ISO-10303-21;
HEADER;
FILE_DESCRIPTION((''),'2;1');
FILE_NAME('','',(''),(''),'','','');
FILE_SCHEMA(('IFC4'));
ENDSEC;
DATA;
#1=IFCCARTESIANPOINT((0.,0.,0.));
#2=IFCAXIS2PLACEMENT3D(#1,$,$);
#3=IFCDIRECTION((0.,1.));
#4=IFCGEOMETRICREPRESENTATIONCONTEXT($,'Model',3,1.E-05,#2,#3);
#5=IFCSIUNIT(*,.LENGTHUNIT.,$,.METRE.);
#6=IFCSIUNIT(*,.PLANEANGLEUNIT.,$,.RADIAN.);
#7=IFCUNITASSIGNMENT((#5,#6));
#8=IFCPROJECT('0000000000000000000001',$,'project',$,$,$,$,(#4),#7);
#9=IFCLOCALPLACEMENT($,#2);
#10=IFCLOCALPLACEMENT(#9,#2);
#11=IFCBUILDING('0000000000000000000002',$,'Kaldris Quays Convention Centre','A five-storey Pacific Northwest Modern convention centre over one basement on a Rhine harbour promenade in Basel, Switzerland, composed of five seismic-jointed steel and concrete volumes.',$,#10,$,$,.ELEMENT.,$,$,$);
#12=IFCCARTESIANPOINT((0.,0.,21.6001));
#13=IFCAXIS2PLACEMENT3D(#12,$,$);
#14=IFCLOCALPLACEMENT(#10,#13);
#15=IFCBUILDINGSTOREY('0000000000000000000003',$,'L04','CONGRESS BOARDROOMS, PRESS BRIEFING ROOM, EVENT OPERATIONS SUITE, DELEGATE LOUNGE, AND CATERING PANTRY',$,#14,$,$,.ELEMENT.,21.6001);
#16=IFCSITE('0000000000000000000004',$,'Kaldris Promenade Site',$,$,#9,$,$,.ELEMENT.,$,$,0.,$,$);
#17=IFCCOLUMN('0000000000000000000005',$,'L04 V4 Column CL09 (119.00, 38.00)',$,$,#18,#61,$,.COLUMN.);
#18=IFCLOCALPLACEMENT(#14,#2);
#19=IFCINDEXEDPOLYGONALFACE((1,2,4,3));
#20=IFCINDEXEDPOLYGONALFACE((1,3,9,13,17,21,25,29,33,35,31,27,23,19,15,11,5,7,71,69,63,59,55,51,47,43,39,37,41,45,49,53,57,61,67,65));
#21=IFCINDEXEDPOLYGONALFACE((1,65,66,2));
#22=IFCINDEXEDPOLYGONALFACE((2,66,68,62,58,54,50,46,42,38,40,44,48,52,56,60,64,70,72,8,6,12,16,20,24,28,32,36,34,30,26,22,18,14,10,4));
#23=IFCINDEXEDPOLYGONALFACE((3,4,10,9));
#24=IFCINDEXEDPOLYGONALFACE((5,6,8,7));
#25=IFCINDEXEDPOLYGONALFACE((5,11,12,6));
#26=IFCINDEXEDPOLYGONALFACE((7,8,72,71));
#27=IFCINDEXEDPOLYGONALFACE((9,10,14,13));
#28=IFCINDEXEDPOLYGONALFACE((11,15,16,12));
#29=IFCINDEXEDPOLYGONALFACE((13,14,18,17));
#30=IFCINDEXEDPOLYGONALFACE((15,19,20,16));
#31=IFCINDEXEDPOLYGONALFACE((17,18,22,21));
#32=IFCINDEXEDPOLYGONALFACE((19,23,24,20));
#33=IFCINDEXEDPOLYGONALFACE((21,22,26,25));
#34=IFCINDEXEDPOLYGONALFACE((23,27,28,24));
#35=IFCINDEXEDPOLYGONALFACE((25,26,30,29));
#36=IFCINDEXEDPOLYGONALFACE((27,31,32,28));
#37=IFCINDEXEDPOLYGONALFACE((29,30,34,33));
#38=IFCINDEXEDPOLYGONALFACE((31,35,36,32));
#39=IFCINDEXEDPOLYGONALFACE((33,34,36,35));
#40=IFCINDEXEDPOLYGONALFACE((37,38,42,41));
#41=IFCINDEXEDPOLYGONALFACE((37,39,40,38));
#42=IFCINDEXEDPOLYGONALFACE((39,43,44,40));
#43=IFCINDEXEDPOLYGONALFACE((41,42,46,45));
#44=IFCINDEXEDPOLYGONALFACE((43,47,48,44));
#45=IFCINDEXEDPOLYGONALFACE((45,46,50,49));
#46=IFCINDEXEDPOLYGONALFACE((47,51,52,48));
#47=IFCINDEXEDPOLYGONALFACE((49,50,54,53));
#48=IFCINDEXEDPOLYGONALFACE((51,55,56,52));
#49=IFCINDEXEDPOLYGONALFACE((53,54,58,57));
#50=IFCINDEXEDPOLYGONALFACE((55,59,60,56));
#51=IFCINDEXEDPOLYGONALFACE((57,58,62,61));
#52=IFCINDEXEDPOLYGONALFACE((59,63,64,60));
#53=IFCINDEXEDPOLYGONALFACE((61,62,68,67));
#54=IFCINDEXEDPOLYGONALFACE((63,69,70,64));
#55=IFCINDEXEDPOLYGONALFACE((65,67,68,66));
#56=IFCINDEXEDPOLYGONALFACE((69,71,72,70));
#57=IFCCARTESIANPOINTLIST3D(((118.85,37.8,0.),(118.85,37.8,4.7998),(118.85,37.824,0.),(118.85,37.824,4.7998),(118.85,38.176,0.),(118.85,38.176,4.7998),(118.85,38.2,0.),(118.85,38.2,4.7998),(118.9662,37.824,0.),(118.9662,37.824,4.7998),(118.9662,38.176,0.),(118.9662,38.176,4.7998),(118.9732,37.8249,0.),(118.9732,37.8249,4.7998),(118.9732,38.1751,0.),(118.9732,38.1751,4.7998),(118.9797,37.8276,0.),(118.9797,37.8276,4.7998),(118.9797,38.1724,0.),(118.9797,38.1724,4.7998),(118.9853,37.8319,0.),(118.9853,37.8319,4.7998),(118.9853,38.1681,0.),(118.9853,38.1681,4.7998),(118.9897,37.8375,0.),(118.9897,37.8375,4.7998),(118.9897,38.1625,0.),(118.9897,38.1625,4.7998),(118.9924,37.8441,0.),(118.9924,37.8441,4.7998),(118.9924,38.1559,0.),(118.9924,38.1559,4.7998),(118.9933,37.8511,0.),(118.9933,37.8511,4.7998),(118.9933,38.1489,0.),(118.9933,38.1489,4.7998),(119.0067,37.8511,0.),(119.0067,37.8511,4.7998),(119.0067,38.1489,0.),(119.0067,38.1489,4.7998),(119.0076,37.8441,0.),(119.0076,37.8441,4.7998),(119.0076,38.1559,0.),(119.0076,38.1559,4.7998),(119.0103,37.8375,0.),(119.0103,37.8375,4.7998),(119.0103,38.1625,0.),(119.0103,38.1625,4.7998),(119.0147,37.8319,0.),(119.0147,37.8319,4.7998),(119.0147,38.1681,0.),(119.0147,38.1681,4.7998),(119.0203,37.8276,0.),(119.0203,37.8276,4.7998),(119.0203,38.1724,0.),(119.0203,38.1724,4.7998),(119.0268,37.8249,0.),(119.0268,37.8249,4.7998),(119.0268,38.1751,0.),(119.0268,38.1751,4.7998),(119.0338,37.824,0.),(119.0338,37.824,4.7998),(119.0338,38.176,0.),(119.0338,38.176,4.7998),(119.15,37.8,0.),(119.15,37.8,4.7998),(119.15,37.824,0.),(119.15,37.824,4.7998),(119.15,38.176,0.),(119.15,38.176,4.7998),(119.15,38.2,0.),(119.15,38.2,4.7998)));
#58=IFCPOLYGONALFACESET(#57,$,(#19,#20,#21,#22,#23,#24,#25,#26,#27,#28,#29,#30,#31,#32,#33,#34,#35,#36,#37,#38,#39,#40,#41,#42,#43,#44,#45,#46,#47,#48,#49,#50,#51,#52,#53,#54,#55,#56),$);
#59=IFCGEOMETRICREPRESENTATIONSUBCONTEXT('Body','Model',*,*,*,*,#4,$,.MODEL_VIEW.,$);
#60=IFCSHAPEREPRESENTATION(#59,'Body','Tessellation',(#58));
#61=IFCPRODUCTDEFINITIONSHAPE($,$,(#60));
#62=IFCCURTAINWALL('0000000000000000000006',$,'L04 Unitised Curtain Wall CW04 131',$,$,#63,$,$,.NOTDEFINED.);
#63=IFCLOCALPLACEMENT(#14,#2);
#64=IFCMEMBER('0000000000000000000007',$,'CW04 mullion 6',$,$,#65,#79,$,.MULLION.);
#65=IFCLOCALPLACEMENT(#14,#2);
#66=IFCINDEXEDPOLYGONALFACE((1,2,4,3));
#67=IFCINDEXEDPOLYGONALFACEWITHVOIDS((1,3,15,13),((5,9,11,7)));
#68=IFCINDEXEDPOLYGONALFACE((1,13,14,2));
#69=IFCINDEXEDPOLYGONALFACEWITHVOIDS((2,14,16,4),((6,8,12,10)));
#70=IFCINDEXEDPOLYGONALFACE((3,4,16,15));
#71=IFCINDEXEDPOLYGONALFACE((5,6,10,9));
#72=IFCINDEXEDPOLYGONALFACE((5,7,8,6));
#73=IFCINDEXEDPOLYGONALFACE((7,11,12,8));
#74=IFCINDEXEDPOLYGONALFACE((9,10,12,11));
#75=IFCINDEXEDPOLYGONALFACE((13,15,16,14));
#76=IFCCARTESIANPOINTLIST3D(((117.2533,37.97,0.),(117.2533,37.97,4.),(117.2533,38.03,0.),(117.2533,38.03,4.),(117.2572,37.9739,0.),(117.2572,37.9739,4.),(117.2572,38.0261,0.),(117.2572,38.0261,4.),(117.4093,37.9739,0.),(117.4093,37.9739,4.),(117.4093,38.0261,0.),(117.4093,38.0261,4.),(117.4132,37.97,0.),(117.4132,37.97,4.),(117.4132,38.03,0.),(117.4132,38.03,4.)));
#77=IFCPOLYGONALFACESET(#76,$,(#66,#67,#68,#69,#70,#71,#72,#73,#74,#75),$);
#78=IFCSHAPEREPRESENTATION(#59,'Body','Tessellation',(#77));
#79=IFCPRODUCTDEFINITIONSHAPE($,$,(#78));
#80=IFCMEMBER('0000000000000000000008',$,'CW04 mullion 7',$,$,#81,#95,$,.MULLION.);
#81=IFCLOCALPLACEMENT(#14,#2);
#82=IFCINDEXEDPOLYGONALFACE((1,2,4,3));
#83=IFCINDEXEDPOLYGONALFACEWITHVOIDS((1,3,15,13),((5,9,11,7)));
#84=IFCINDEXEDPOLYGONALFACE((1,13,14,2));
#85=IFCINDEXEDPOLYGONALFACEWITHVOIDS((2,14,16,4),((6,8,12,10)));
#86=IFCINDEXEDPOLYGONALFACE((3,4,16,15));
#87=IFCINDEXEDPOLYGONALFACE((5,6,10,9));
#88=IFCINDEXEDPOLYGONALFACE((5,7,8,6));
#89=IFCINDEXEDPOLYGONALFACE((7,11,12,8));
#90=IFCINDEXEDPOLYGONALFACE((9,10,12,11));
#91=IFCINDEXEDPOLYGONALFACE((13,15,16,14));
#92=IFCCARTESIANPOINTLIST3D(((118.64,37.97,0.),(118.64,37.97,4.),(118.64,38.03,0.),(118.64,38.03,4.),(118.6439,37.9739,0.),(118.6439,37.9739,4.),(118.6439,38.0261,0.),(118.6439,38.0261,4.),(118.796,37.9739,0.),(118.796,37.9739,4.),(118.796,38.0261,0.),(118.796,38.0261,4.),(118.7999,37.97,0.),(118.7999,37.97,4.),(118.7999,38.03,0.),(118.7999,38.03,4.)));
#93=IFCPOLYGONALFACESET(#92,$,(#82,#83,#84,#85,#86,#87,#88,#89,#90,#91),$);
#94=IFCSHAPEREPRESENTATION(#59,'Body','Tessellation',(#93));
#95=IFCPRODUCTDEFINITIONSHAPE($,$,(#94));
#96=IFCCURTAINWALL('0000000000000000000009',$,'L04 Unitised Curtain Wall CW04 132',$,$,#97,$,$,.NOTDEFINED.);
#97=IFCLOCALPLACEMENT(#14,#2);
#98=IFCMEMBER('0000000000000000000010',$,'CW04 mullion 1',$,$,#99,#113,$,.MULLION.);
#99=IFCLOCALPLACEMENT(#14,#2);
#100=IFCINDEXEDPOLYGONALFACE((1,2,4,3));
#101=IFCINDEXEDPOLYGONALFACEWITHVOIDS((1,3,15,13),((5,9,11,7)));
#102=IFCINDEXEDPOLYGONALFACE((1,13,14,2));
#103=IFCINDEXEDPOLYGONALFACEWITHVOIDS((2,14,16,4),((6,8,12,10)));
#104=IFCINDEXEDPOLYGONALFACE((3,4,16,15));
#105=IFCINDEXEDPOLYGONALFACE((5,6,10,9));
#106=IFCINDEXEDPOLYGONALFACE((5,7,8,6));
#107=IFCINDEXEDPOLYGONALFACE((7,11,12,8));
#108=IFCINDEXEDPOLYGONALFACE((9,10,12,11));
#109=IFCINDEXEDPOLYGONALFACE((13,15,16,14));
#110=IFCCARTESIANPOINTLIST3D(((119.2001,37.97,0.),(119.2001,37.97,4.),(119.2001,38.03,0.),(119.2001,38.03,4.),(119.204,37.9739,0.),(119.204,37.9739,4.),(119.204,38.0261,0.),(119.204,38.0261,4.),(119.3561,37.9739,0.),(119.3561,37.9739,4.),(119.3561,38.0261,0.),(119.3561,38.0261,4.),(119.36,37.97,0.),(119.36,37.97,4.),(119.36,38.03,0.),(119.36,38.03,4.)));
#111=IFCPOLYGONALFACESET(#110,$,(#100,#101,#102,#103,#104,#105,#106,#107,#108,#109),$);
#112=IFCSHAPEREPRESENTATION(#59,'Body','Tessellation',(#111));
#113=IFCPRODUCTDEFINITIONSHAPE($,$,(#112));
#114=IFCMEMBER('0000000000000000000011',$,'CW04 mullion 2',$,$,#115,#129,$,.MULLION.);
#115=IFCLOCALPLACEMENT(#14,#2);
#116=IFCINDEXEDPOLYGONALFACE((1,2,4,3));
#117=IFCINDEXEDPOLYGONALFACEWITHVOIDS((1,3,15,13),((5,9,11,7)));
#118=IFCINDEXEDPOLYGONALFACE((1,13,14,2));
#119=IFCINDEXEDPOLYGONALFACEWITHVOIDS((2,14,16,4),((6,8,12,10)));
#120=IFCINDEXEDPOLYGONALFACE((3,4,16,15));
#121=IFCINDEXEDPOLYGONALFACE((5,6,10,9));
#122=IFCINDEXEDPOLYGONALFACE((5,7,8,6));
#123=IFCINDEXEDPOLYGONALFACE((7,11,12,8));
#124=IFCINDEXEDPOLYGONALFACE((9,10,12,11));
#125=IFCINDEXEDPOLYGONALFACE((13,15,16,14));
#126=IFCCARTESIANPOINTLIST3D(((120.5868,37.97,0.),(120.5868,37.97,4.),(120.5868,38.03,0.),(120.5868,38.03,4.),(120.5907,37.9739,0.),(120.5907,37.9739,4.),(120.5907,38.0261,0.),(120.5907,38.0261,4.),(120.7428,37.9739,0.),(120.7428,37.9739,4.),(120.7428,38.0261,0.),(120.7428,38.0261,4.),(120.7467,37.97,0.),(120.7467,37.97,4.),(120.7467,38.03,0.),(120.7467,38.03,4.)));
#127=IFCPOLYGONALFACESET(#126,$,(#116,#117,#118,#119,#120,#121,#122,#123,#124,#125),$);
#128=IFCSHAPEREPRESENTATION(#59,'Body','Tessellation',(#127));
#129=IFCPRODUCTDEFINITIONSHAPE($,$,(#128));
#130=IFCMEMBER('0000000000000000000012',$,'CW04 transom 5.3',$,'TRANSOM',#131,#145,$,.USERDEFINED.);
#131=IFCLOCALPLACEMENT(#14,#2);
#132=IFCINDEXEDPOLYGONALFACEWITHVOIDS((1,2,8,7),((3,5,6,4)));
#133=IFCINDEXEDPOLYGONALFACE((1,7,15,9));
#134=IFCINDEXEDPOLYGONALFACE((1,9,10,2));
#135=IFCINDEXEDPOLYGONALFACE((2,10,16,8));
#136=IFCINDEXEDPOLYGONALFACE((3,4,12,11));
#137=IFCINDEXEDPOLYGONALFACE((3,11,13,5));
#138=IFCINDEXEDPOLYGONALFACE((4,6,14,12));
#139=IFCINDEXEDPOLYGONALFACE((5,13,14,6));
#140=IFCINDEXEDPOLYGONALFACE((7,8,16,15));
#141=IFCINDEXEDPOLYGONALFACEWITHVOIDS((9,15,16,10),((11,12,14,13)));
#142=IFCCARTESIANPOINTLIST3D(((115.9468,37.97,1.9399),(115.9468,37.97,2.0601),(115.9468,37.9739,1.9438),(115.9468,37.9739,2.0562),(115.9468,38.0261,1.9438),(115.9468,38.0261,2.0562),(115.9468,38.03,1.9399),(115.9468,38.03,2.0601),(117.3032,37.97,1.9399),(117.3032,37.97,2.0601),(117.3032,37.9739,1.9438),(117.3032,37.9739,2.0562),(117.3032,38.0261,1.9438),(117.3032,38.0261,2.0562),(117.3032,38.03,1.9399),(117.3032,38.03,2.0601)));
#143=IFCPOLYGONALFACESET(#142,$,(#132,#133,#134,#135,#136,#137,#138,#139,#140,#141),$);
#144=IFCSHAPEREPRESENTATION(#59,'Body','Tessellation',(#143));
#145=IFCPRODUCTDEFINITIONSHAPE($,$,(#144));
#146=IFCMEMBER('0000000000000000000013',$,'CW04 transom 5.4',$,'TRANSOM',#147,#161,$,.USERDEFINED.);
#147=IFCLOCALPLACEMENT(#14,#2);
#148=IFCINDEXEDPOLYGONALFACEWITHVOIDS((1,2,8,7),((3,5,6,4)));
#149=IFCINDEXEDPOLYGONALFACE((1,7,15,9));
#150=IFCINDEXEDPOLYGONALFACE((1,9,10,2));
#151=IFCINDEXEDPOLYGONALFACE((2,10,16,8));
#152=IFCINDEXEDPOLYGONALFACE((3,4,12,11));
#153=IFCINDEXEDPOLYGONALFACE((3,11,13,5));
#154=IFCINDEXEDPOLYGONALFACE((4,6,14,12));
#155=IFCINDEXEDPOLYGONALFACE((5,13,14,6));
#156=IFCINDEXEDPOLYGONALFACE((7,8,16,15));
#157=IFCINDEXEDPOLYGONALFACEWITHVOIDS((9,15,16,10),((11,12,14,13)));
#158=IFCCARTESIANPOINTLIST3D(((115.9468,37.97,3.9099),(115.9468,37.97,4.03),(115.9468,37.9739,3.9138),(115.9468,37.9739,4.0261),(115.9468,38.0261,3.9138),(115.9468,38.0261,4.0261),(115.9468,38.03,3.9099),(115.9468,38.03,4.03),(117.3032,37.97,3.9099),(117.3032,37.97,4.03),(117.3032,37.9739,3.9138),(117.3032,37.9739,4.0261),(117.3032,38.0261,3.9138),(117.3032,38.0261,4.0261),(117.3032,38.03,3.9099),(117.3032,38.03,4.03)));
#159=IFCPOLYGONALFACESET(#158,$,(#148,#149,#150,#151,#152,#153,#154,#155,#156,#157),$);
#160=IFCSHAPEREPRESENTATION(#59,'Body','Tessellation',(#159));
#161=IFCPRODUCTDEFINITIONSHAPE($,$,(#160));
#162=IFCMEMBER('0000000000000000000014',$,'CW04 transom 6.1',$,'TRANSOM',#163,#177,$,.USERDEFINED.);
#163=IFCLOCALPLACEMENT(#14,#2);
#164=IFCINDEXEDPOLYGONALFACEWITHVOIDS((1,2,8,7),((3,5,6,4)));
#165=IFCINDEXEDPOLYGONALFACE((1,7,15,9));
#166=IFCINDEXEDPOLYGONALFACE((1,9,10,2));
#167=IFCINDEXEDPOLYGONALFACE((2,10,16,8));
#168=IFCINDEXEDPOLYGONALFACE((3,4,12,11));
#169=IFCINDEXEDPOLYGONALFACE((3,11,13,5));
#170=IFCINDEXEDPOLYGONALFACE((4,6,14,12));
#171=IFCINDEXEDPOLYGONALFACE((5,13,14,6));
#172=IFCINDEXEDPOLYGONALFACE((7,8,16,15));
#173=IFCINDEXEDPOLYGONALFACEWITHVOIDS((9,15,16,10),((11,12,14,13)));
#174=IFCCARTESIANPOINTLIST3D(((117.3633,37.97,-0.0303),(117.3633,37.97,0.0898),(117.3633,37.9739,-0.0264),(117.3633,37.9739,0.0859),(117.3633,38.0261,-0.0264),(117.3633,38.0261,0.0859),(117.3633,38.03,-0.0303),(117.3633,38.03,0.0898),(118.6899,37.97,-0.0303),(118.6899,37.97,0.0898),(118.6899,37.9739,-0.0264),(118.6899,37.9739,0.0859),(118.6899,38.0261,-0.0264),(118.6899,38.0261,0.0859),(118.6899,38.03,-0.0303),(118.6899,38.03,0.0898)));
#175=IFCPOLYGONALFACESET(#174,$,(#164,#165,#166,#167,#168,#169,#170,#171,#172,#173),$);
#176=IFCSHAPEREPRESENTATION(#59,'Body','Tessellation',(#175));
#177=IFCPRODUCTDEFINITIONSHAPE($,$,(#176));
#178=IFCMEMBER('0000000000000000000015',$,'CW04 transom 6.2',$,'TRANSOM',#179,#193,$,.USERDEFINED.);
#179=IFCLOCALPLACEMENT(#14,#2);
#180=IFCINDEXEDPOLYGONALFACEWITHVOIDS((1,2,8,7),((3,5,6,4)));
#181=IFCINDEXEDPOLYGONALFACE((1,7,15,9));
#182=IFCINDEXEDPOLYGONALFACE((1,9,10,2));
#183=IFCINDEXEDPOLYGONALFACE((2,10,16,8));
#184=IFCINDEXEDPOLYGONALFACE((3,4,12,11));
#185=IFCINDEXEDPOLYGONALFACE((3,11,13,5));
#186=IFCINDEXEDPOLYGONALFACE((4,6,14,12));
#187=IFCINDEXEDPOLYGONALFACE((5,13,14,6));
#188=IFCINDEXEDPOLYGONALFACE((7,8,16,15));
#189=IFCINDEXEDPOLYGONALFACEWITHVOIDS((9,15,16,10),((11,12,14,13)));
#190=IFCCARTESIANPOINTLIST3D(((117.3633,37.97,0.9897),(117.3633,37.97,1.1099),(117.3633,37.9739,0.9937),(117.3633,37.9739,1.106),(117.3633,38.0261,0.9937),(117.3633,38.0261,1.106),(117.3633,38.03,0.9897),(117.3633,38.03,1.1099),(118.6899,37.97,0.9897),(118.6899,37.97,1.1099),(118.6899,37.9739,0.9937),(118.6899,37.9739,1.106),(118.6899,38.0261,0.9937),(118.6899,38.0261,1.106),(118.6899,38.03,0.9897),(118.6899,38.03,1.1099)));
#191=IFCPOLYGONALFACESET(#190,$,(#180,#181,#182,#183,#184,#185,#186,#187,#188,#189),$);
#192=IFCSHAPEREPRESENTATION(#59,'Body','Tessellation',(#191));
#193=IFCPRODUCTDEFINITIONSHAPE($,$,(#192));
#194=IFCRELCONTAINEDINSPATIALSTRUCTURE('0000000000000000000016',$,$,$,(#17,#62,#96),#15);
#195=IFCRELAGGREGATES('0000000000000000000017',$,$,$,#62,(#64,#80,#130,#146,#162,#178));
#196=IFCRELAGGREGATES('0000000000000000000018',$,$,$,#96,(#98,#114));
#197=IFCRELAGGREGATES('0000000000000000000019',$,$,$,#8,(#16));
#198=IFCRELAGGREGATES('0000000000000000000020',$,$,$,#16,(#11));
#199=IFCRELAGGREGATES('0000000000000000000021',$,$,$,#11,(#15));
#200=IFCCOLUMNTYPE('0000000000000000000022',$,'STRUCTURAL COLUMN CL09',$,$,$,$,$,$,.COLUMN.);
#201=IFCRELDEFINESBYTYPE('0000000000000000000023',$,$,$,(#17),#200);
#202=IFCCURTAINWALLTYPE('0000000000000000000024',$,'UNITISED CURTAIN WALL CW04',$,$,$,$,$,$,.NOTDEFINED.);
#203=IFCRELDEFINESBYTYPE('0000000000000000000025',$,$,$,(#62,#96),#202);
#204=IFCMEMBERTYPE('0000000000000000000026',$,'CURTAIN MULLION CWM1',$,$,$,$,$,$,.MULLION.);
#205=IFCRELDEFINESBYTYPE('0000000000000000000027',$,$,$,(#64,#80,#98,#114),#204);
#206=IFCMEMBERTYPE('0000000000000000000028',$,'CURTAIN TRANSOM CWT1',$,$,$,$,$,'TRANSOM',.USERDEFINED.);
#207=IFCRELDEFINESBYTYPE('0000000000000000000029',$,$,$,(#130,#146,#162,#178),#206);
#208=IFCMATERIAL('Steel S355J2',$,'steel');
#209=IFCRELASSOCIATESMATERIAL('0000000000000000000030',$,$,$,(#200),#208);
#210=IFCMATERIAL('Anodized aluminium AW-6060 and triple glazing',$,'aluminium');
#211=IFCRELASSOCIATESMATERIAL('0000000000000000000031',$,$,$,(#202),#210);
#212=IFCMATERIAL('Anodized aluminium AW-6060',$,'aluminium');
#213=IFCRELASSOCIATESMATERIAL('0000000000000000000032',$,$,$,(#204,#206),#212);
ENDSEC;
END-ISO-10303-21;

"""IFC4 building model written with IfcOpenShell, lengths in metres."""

from ifc_helpers import new_model, si_unit, direction, frame, origin, origin_2d, place, context, subcontext, project, spatial, hollow_rectangle, i_section, extrude, material, material_profile, profile_set, type_object, element, aggregate, save


model = new_model("IFC4")

# Units and contexts
model_context = context("Model", 3, precision=1e-05, world=origin(), true_north=direction((0.0, 1.0)))
body_context = subcontext(model_context, "Body", "Model", "MODEL_VIEW")
ifc_project = project(units=[si_unit("LENGTHUNIT", "METRE"), si_unit("PLANEANGLEUNIT", "RADIAN")], contexts=[model_context])

# Site, building, storey
site_placement = place(None, origin())
site = spatial("IfcSite", under=ifc_project, at=site_placement, Name="Kaldris Promenade Site", CompositionType="ELEMENT", RefElevation=0.0)
building_placement = place(site_placement, origin())
building = spatial("IfcBuilding", under=site, at=building_placement, Name="Kaldris Quays Convention Centre", Description="A five-storey Pacific Northwest Modern convention centre over one basement on a Rhine harbour promenade in Basel, Switzerland, composed of five seismic-jointed steel and concrete volumes.", CompositionType="ELEMENT")
storey_placement = place(building_placement, frame((0.0, 0.0, 21.6001)))
storey = spatial("IfcBuildingStorey", under=building, at=storey_placement, Name="L04", Description="CONGRESS BOARDROOMS, PRESS BRIEFING ROOM, EVENT OPERATIONS SUITE, DELEGATE LOUNGE, AND CATERING PANTRY", CompositionType="ELEMENT", Elevation=21.6001)

# Column
ifc_material_1 = material(Name="Steel S355J2", Category="steel")
ifc_material_profile_1 = material_profile(ifc_material_1, i_section(OverallWidth=0.3, OverallDepth=0.3999, WebThickness=0.0134, FlangeThickness=0.0239, FilletRadius=0.0271, at=origin_2d()), Name="HEB 400")
ifc_profile_set_1 = profile_set([ifc_material_profile_1], Name="Steel S355J2")
column_type = type_object("IfcColumnType", Name="STRUCTURAL COLUMN CL09", PredefinedType="COLUMN", material=ifc_profile_set_1)
column_placement = place(storey_placement, frame((119.0, 38.0, 0.0), z_axis=(0.0, 0.0, 1.0), x_axis=(1.0, 0.0, 0.0)))
element("IfcColumn", 1, at=column_placement, inside=storey, type_object=column_type, Name="L04 V4 Column CL09 (119.00, 38.00)", PredefinedType="COLUMN", context=body_context, shape_type="SweptSolid", body=[
    extrude(i_section(OverallWidth=0.3, OverallDepth=0.3999, WebThickness=0.0134, FlangeThickness=0.0239, FilletRadius=0.0271, at=origin_2d()), origin(), (0.0, 0.0, 1.0), 4.7998),
])

# Curtain walls, members
ifc_material_2 = material(Name="Anodized aluminium AW-6060 and triple glazing", Category="aluminium")
curtain_wall_type = type_object("IfcCurtainWallType", Name="UNITISED CURTAIN WALL CW04", PredefinedType="NOTDEFINED", material=ifc_material_2)
curtain_wall_1_placement = place(storey_placement, origin())
curtain_wall_1 = element("IfcCurtainWall", 2, at=curtain_wall_1_placement, inside=storey, type_object=curtain_wall_type, Name="L04 Unitised Curtain Wall CW04 131", PredefinedType="NOTDEFINED")
ifc_material_3 = material(Name="Anodized aluminium AW-6060", Category="aluminium")
ifc_material_profile_2 = material_profile(ifc_material_3, hollow_rectangle(XDim=0.0601, YDim=0.1599, WallThickness=0.0039, at=origin_2d()), Name="RHS 160x60x4")
ifc_profile_set_2 = profile_set([ifc_material_profile_2], Name="Anodized aluminium AW-6060")
member_type_1 = type_object("IfcMemberType", Name="CURTAIN MULLION CWM1", PredefinedType="MULLION", material=ifc_profile_set_2)
member_1_placement = place(storey_placement, frame((117.3333, 38.0, 0.0), z_axis=(0.0, 0.0, 1.0), x_axis=(0.0, 1.0, 0.0)))
member_1 = element("IfcMember", 3, at=member_1_placement, type_object=member_type_1, Name="CW04 mullion 6", PredefinedType="MULLION", context=body_context, shape_type="SweptSolid", body=[
    extrude(hollow_rectangle(XDim=0.0601, YDim=0.1599, WallThickness=0.0039, at=origin_2d()), origin(), (0.0, 0.0, 1.0), 4.0),
])
member_2_placement = place(storey_placement, frame((118.72, 38.0, 0.0), z_axis=(0.0, 0.0, 1.0), x_axis=(0.0, 1.0, 0.0)))
member_2 = element("IfcMember", 4, at=member_2_placement, type_object=member_type_1, Name="CW04 mullion 7", PredefinedType="MULLION", context=body_context, shape_type="SweptSolid", body=[
    extrude(hollow_rectangle(XDim=0.0601, YDim=0.1599, WallThickness=0.0039, at=origin_2d()), origin(), (0.0, 0.0, 1.0), 4.0),
])
curtain_wall_2_placement = place(storey_placement, origin())
curtain_wall_2 = element("IfcCurtainWall", 5, at=curtain_wall_2_placement, inside=storey, type_object=curtain_wall_type, Name="L04 Unitised Curtain Wall CW04 132", PredefinedType="NOTDEFINED")
member_3_placement = place(storey_placement, frame((119.28, 38.0, 0.0), z_axis=(0.0, 0.0, 1.0), x_axis=(0.0, 1.0, 0.0)))
member_3 = element("IfcMember", 6, at=member_3_placement, type_object=member_type_1, Name="CW04 mullion 1", PredefinedType="MULLION", context=body_context, shape_type="SweptSolid", body=[
    extrude(hollow_rectangle(XDim=0.0601, YDim=0.1599, WallThickness=0.0039, at=origin_2d()), origin(), (0.0, 0.0, 1.0), 4.0),
])
member_4_placement = place(storey_placement, frame((120.6667, 38.0, 0.0), z_axis=(0.0, 0.0, 1.0), x_axis=(0.0, 1.0, 0.0)))
member_4 = element("IfcMember", 7, at=member_4_placement, type_object=member_type_1, Name="CW04 mullion 2", PredefinedType="MULLION", context=body_context, shape_type="SweptSolid", body=[
    extrude(hollow_rectangle(XDim=0.0601, YDim=0.1599, WallThickness=0.0039, at=origin_2d()), origin(), (0.0, 0.0, 1.0), 4.0),
])

# Members
ifc_material_profile_3 = material_profile(ifc_material_3, hollow_rectangle(XDim=0.0601, YDim=0.1201, WallThickness=0.0039, at=origin_2d()), Name="RHS 120x60x4")
ifc_profile_set_3 = profile_set([ifc_material_profile_3], Name="Anodized aluminium AW-6060")
member_type_2 = type_object("IfcMemberType", Name="CURTAIN TRANSOM CWT1", ElementType="TRANSOM", PredefinedType="USERDEFINED", material=ifc_profile_set_3)
member_5_placement = place(storey_placement, frame((115.9468, 38.0, 2.0), z_axis=(1.0, 0.0, 0.0), x_axis=(0.0, 1.0, 0.0)))
member_5 = element("IfcMember", 8, at=member_5_placement, type_object=member_type_2, Name="CW04 transom 5.3", ObjectType="TRANSOM", PredefinedType="USERDEFINED", context=body_context, shape_type="SweptSolid", body=[
    extrude(hollow_rectangle(XDim=0.0601, YDim=0.1201, WallThickness=0.0039, at=origin_2d()), origin(), (0.0, 0.0, 1.0), 1.3564),
])
member_6_placement = place(storey_placement, frame((115.9468, 38.0, 3.97), z_axis=(1.0, 0.0, 0.0), x_axis=(0.0, 1.0, 0.0)))
member_6 = element("IfcMember", 9, at=member_6_placement, type_object=member_type_2, Name="CW04 transom 5.4", ObjectType="TRANSOM", PredefinedType="USERDEFINED", context=body_context, shape_type="SweptSolid", body=[
    extrude(hollow_rectangle(XDim=0.0601, YDim=0.1201, WallThickness=0.0039, at=origin_2d()), origin(), (0.0, 0.0, 1.0), 1.3564),
])
member_7_placement = place(storey_placement, frame((117.3633, 38.0, 0.0298), z_axis=(1.0, 0.0, 0.0), x_axis=(0.0, 1.0, 0.0)))
member_7 = element("IfcMember", 10, at=member_7_placement, type_object=member_type_2, Name="CW04 transom 6.1", ObjectType="TRANSOM", PredefinedType="USERDEFINED", context=body_context, shape_type="SweptSolid", body=[
    extrude(hollow_rectangle(XDim=0.0601, YDim=0.1201, WallThickness=0.0039, at=origin_2d()), origin(), (0.0, 0.0, 1.0), 1.3267),
])
member_8_placement = place(storey_placement, frame((117.3633, 38.0, 1.0498), z_axis=(1.0, 0.0, 0.0), x_axis=(0.0, 1.0, 0.0)))
member_8 = element("IfcMember", 11, at=member_8_placement, type_object=member_type_2, Name="CW04 transom 6.2", ObjectType="TRANSOM", PredefinedType="USERDEFINED", context=body_context, shape_type="SweptSolid", body=[
    extrude(hollow_rectangle(XDim=0.0601, YDim=0.1201, WallThickness=0.0039, at=origin_2d()), origin(), (0.0, 0.0, 1.0), 1.3267),
])

aggregate(curtain_wall_1, [member_1, member_2, member_5, member_6, member_7, member_8])
aggregate(curtain_wall_2, [member_3, member_4])

save(model, "model.ifc")
